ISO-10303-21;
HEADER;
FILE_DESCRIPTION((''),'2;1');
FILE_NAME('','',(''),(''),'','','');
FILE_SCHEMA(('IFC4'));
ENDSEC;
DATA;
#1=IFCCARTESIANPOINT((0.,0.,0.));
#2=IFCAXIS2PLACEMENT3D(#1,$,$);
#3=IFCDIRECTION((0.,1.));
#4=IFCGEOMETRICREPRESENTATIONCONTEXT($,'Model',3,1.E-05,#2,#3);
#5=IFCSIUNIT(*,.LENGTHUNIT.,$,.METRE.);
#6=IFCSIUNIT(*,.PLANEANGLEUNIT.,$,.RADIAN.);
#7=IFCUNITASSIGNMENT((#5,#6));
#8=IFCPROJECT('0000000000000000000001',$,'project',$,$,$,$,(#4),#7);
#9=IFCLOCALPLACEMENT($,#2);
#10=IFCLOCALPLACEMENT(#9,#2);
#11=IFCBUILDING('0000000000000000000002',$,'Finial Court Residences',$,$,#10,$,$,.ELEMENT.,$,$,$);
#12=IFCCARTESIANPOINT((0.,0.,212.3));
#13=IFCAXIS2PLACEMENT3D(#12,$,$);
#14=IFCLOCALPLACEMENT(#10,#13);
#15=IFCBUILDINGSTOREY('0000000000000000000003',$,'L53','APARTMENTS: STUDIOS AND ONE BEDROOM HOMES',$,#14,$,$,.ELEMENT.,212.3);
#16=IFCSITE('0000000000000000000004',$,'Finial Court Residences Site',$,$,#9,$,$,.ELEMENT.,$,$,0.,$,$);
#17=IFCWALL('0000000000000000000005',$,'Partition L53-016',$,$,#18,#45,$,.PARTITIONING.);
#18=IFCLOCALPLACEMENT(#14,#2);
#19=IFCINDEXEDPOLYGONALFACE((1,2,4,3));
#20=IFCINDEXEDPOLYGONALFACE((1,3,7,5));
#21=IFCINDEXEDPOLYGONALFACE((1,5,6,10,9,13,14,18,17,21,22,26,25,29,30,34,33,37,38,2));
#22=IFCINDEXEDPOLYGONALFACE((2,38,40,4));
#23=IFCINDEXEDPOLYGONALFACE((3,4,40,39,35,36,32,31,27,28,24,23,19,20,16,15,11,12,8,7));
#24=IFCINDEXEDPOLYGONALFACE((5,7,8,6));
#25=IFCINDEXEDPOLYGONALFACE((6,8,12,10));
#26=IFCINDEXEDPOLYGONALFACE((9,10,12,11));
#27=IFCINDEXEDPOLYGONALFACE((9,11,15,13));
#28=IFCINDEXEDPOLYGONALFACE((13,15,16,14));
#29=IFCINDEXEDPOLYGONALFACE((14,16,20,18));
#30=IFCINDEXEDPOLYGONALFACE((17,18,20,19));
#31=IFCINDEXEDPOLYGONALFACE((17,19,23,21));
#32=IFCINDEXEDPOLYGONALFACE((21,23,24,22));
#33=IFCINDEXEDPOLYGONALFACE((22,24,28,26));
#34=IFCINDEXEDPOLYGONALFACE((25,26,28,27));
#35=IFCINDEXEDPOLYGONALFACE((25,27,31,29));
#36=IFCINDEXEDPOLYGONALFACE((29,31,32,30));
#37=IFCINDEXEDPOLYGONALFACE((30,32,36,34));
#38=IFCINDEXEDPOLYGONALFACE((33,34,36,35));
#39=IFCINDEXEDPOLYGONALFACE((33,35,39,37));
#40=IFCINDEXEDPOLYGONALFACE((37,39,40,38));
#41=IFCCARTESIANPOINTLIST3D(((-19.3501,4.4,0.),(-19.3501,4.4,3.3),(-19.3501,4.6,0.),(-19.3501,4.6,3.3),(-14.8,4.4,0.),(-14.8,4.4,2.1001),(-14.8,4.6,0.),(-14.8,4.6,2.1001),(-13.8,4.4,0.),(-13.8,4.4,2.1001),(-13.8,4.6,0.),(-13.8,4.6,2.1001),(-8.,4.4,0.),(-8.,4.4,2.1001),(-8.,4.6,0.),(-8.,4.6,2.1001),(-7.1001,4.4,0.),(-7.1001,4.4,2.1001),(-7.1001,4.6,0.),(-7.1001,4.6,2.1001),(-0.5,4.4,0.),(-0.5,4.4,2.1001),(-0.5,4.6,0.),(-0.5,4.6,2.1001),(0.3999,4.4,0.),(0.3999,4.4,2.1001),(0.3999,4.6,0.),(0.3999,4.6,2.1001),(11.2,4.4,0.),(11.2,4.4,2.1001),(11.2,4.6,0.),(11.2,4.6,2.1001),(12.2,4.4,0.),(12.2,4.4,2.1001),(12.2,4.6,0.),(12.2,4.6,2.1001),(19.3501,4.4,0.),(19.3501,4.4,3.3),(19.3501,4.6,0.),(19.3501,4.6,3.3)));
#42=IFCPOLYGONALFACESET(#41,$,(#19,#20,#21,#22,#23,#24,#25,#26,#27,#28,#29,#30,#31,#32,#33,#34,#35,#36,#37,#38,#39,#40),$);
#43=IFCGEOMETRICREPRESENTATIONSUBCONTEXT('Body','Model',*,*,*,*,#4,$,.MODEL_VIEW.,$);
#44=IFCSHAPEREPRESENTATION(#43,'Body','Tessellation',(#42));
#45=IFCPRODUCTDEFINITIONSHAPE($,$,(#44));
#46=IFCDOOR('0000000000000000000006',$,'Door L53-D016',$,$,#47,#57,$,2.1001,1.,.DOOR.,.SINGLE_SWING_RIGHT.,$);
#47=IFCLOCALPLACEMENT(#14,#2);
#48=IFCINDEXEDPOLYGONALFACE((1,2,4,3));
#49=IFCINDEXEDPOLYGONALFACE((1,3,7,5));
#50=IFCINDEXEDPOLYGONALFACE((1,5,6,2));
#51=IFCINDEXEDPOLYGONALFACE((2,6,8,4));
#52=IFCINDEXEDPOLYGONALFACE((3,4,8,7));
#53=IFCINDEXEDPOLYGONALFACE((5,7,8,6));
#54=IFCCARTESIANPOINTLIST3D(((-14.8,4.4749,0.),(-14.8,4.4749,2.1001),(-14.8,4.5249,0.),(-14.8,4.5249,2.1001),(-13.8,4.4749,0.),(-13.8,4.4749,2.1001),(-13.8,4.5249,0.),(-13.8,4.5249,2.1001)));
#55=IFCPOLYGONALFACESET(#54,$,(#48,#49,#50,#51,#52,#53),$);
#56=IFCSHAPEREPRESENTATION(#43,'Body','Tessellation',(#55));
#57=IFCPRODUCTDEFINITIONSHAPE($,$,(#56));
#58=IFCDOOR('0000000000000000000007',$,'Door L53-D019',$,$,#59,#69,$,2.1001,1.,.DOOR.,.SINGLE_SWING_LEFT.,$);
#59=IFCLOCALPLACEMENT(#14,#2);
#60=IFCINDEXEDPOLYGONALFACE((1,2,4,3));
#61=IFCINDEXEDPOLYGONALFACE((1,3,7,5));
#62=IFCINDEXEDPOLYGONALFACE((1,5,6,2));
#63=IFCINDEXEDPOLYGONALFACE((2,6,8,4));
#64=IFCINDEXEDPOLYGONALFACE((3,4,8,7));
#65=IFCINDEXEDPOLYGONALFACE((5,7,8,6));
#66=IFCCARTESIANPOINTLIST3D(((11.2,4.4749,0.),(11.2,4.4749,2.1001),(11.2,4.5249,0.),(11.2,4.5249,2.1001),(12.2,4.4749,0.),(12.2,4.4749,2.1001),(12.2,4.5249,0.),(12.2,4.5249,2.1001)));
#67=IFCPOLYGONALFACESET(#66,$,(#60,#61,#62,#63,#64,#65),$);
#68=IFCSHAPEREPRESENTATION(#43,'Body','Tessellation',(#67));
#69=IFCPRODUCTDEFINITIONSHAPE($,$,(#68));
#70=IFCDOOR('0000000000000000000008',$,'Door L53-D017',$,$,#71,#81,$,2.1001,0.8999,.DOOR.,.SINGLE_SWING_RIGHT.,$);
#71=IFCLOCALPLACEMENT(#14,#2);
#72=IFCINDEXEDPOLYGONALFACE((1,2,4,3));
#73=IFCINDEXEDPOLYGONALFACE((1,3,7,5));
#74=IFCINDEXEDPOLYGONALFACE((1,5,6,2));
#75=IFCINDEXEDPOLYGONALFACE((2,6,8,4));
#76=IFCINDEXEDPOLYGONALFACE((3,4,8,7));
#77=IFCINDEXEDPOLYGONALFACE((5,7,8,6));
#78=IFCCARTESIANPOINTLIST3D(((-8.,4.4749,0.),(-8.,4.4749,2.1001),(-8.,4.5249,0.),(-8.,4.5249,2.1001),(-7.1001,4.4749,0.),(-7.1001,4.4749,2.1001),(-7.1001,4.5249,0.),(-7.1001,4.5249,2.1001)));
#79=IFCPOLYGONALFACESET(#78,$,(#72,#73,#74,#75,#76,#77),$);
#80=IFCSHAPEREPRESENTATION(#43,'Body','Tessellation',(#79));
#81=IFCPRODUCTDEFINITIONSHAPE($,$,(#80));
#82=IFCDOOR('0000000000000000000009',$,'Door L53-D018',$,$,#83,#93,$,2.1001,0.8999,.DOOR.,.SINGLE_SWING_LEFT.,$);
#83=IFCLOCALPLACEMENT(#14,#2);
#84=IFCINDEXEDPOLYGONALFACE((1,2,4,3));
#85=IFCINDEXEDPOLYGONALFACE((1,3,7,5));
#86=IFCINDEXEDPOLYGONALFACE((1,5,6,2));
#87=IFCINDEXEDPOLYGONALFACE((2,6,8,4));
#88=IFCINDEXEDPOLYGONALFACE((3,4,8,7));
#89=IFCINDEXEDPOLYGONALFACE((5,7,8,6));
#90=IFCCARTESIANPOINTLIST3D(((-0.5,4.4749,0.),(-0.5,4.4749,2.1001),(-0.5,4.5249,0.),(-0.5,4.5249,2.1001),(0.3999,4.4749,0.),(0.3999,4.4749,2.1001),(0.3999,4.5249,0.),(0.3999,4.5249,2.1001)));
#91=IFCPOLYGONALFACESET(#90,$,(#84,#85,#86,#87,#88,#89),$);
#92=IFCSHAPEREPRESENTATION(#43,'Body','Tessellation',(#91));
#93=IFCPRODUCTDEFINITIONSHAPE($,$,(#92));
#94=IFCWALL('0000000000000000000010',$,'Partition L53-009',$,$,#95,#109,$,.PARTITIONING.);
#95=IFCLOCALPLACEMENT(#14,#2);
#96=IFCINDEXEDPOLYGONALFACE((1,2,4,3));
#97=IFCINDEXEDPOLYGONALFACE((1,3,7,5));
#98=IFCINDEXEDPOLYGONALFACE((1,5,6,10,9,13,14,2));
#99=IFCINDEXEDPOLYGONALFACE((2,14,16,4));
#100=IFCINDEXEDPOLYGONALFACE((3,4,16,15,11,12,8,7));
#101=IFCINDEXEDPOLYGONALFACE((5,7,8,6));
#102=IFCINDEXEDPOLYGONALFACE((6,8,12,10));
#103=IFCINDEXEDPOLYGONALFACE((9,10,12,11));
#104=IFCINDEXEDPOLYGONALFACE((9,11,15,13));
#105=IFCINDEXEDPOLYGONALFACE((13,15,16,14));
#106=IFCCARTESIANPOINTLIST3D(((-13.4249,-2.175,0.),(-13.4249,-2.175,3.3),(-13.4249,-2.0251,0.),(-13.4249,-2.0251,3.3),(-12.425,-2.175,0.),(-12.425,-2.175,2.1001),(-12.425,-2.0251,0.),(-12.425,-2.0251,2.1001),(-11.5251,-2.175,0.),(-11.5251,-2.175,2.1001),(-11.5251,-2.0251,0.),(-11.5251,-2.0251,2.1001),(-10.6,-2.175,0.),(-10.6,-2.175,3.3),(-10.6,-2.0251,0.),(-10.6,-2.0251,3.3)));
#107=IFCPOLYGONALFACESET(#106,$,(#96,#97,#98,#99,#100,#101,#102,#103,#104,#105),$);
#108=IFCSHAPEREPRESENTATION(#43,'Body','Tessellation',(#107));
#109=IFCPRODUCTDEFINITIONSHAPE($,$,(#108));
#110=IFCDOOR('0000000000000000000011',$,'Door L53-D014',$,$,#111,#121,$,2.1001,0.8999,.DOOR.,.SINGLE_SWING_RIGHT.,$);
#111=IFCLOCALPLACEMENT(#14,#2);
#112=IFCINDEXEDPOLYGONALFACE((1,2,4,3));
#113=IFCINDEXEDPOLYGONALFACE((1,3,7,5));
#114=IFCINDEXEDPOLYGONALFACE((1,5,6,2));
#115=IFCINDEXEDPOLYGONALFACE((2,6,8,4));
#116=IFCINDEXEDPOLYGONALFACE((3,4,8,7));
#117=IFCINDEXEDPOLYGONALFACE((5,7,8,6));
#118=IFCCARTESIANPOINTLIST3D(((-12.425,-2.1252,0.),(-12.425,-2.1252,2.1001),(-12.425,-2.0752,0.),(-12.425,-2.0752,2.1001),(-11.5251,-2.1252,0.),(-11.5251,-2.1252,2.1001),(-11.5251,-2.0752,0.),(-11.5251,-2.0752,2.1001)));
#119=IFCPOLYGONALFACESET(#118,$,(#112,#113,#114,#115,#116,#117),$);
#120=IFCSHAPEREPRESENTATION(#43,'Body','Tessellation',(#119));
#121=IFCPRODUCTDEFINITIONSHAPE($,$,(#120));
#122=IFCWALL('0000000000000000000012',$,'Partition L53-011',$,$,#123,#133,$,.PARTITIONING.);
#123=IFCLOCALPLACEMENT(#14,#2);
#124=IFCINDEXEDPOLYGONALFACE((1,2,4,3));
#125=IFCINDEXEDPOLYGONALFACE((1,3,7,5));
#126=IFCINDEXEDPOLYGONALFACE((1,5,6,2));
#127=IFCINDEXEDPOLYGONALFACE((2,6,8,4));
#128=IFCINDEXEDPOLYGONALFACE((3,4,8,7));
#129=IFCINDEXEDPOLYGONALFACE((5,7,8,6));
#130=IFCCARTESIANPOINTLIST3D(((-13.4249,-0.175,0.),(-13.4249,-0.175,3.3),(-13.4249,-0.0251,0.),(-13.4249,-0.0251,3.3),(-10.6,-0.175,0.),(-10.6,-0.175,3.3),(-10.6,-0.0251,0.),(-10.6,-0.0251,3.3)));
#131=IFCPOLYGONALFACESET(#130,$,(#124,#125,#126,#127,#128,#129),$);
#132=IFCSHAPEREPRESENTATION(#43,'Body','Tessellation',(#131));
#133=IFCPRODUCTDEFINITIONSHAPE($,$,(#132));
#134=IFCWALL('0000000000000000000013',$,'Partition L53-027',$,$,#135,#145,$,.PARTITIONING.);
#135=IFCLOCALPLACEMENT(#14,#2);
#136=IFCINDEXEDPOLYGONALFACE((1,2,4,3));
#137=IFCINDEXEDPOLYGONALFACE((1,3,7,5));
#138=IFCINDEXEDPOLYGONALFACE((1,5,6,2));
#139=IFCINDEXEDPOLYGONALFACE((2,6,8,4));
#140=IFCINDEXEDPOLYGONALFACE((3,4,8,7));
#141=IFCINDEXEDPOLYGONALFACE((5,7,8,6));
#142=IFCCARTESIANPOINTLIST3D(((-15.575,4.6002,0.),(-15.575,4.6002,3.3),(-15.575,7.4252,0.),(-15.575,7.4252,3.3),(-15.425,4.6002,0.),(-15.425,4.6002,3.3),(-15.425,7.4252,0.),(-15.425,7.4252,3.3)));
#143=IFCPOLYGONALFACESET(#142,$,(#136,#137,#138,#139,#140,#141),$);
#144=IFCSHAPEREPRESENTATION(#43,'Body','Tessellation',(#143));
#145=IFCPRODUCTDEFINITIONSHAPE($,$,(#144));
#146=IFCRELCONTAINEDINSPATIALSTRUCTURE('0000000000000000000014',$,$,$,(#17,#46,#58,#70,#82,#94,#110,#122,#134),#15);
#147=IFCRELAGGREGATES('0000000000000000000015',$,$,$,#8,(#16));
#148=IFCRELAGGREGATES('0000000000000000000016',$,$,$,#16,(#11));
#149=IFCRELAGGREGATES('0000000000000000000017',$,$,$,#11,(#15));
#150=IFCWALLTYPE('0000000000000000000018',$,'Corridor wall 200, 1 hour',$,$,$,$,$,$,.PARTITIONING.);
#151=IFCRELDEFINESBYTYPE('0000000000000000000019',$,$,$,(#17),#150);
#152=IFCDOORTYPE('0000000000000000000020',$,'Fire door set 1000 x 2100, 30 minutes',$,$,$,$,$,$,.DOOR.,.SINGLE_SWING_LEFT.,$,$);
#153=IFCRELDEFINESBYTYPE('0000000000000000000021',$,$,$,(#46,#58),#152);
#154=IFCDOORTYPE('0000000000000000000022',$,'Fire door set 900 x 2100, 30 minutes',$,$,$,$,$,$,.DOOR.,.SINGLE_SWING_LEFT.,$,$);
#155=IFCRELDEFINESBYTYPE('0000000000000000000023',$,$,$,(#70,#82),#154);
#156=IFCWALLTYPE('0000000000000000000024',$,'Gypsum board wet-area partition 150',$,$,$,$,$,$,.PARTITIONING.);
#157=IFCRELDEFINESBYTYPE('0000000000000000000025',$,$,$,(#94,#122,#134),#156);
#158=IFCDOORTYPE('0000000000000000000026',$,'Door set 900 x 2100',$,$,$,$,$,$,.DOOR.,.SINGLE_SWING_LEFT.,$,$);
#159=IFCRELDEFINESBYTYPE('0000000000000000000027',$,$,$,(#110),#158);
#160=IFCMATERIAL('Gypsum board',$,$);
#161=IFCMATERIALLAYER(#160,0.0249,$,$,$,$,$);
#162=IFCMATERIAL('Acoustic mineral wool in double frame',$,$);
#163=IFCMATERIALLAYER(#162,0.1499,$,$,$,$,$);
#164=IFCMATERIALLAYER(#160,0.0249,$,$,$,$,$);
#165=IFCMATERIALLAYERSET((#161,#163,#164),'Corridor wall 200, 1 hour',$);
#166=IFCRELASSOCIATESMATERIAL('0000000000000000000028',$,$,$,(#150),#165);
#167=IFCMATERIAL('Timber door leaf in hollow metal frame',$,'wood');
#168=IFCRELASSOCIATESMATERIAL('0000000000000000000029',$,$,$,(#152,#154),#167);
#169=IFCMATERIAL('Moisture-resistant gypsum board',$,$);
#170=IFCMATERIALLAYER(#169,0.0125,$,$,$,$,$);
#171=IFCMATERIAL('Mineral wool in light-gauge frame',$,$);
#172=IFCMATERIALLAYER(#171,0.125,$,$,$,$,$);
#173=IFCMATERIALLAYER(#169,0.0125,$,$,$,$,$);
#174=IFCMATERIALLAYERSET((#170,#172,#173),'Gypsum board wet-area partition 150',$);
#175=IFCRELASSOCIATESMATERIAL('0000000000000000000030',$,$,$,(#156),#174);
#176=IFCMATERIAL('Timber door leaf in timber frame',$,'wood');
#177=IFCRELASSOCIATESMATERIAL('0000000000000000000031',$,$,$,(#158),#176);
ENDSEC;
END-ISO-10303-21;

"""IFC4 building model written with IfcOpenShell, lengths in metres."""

from ifc_helpers import new_model, si_unit, direction, frame, frame_2d, origin, place, context, subcontext, project, spatial, rectangle, extrude, material, layer, layer_set, type_object, element, fill, save


model = new_model("IFC4")

# Units and contexts
model_context = context("Model", 3, precision=1e-05, world=origin(), true_north=direction((0.0, 1.0)))
body_context = subcontext(model_context, "Body", "Model", "MODEL_VIEW")
ifc_project = project(units=[si_unit("LENGTHUNIT", "METRE"), si_unit("PLANEANGLEUNIT", "RADIAN")], contexts=[model_context])

# Site, building, storey
site_placement = place(None, origin())
site = spatial("IfcSite", under=ifc_project, at=site_placement, Name="Finial Court Residences Site", CompositionType="ELEMENT", RefElevation=0.0)
building_placement = place(site_placement, origin())
building = spatial("IfcBuilding", under=site, at=building_placement, Name="Finial Court Residences", CompositionType="ELEMENT")
storey_placement = place(building_placement, frame((0.0, 0.0, 212.3)))
storey = spatial("IfcBuildingStorey", under=building, at=storey_placement, Name="L53", Description="APARTMENTS: STUDIOS AND ONE BEDROOM HOMES", CompositionType="ELEMENT", Elevation=212.3)

# Shared definitions
ifc_material_1 = material(Name="Gypsum board")
ifc_layer_1 = layer(ifc_material_1, 0.0249)
ifc_material_2 = material(Name="Acoustic mineral wool in double frame")
ifc_layer_2 = layer(ifc_material_2, 0.1499)
ifc_layer_3 = layer(ifc_material_1, 0.0249)
ifc_layer_set_1 = layer_set([ifc_layer_1, ifc_layer_2, ifc_layer_3], Name="Corridor wall 200, 1 hour")
wall_type_1 = type_object("IfcWallType", Name="Corridor wall 200, 1 hour", PredefinedType="PARTITIONING", material=ifc_layer_set_1)

# Wall, openings, doors
wall_1_placement = place(storey_placement, frame((-19.3501, 4.5, 0.0), z_axis=(0.0, 0.0, 1.0), x_axis=(1.0, 0.0, 0.0)))
wall_1 = element("IfcWall", 1, at=wall_1_placement, inside=storey, type_object=wall_type_1, Name="Partition L53-016", PredefinedType="PARTITIONING", context=body_context, shape_type="SweptSolid", body=[
    extrude(rectangle(XDim=38.7002, YDim=0.2, at=frame_2d((19.3501, 0.0))), origin(), (0.0, 0.0, 1.0), 3.3),
])
opening_1_placement = place(wall_1_placement, frame((4.55, 0.0, 0.0)))
opening_1 = element("IfcOpeningElement", 2, at=opening_1_placement, cuts=wall_1, PredefinedType="OPENING", context=body_context, shape_type="SweptSolid", body=[
    extrude(rectangle(XDim=1.0, YDim=2.1001, at=frame_2d((0.5, 1.05))), frame((0.0, 0.1099, 0.0), z_axis=(0.0, -1.0, 0.0), x_axis=(1.0, 0.0, 0.0)), (0.0, 0.0, 1.0), 0.22),
])
opening_2_placement = place(wall_1_placement, frame((11.3501, 0.0, 0.0)))
opening_2 = element("IfcOpeningElement", 3, at=opening_2_placement, cuts=wall_1, PredefinedType="OPENING", context=body_context, shape_type="SweptSolid", body=[
    extrude(rectangle(XDim=0.8999, YDim=2.1001, at=frame_2d((0.45, 1.05))), frame((0.0, 0.1099, 0.0), z_axis=(0.0, -1.0, 0.0), x_axis=(1.0, 0.0, 0.0)), (0.0, 0.0, 1.0), 0.22),
])
opening_3_placement = place(wall_1_placement, frame((18.8501, 0.0, 0.0)))
opening_3 = element("IfcOpeningElement", 4, at=opening_3_placement, cuts=wall_1, PredefinedType="OPENING", context=body_context, shape_type="SweptSolid", body=[
    extrude(rectangle(XDim=0.8999, YDim=2.1001, at=frame_2d((0.45, 1.05))), frame((0.0, 0.1099, 0.0), z_axis=(0.0, -1.0, 0.0), x_axis=(1.0, 0.0, 0.0)), (0.0, 0.0, 1.0), 0.22),
])
opening_4_placement = place(wall_1_placement, frame((30.55, 0.0, 0.0)))
opening_4 = element("IfcOpeningElement", 5, at=opening_4_placement, cuts=wall_1, PredefinedType="OPENING", context=body_context, shape_type="SweptSolid", body=[
    extrude(rectangle(XDim=1.0, YDim=2.1001, at=frame_2d((0.5, 1.05))), frame((0.0, 0.1099, 0.0), z_axis=(0.0, -1.0, 0.0), x_axis=(1.0, 0.0, 0.0)), (0.0, 0.0, 1.0), 0.22),
])
ifc_material_3 = material(Name="Timber door leaf in hollow metal frame", Category="wood")
door_type_1 = type_object("IfcDoorType", Name="Fire door set 1000 x 2100, 30 minutes", OperationType="SINGLE_SWING_LEFT", PredefinedType="DOOR", material=ifc_material_3)
door_1_placement = place(opening_1_placement, origin())
door_1 = element("IfcDoor", 6, at=door_1_placement, inside=storey, type_object=door_type_1, Name="Door L53-D016", OperationType="SINGLE_SWING_RIGHT", OverallHeight=2.1001, OverallWidth=1.0, PredefinedType="DOOR", context=body_context, shape_type="SweptSolid", body=[
    extrude(rectangle(XDim=1.0, YDim=2.1001, at=frame_2d((0.5, 1.05))), frame((0.0, 0.0249, 0.0), z_axis=(0.0, -1.0, 0.0), x_axis=(1.0, 0.0, 0.0)), (0.0, 0.0, 1.0), 0.05),
])
fill(opening_1, door_1)
door_2_placement = place(opening_4_placement, origin())
door_2 = element("IfcDoor", 7, at=door_2_placement, inside=storey, type_object=door_type_1, Name="Door L53-D019", OperationType="SINGLE_SWING_LEFT", OverallHeight=2.1001, OverallWidth=1.0, PredefinedType="DOOR", context=body_context, shape_type="SweptSolid", body=[
    extrude(rectangle(XDim=1.0, YDim=2.1001, at=frame_2d((0.5, 1.05))), frame((0.0, 0.0249, 0.0), z_axis=(0.0, -1.0, 0.0), x_axis=(1.0, 0.0, 0.0)), (0.0, 0.0, 1.0), 0.05),
])
fill(opening_4, door_2)
door_type_2 = type_object("IfcDoorType", Name="Fire door set 900 x 2100, 30 minutes", OperationType="SINGLE_SWING_LEFT", PredefinedType="DOOR", material=ifc_material_3)
door_3_placement = place(opening_2_placement, origin())
door_3 = element("IfcDoor", 8, at=door_3_placement, inside=storey, type_object=door_type_2, Name="Door L53-D017", OperationType="SINGLE_SWING_RIGHT", OverallHeight=2.1001, OverallWidth=0.8999, PredefinedType="DOOR", context=body_context, shape_type="SweptSolid", body=[
    extrude(rectangle(XDim=0.8999, YDim=2.1001, at=frame_2d((0.45, 1.05))), frame((0.0, 0.0249, 0.0), z_axis=(0.0, -1.0, 0.0), x_axis=(1.0, 0.0, 0.0)), (0.0, 0.0, 1.0), 0.05),
])
fill(opening_2, door_3)
door_4_placement = place(opening_3_placement, origin())
door_4 = element("IfcDoor", 9, at=door_4_placement, inside=storey, type_object=door_type_2, Name="Door L53-D018", OperationType="SINGLE_SWING_LEFT", OverallHeight=2.1001, OverallWidth=0.8999, PredefinedType="DOOR", context=body_context, shape_type="SweptSolid", body=[
    extrude(rectangle(XDim=0.8999, YDim=2.1001, at=frame_2d((0.45, 1.05))), frame((0.0, 0.0249, 0.0), z_axis=(0.0, -1.0, 0.0), x_axis=(1.0, 0.0, 0.0)), (0.0, 0.0, 1.0), 0.05),
])
fill(opening_3, door_4)

# Wall, opening, door
ifc_material_4 = material(Name="Moisture-resistant gypsum board")
ifc_layer_4 = layer(ifc_material_4, 0.0125)
ifc_material_5 = material(Name="Mineral wool in light-gauge frame")
ifc_layer_5 = layer(ifc_material_5, 0.125)
ifc_layer_6 = layer(ifc_material_4, 0.0125)
ifc_layer_set_2 = layer_set([ifc_layer_4, ifc_layer_5, ifc_layer_6], Name="Gypsum board wet-area partition 150")
wall_type_2 = type_object("IfcWallType", Name="Gypsum board wet-area partition 150", PredefinedType="PARTITIONING", material=ifc_layer_set_2)
wall_2_placement = place(storey_placement, frame((-13.425, -2.1001, 0.0), z_axis=(0.0, 0.0, 1.0), x_axis=(1.0, 0.0, 0.0)))
wall_2 = element("IfcWall", 10, at=wall_2_placement, inside=storey, type_object=wall_type_2, Name="Partition L53-009", PredefinedType="PARTITIONING", context=body_context, shape_type="SweptSolid", body=[
    extrude(rectangle(XDim=2.825, YDim=0.1499, at=frame_2d((1.4126, 0.0))), origin(), (0.0, 0.0, 1.0), 3.3),
])
opening_5_placement = place(wall_2_placement, frame((1.0, 0.0, 0.0)))
opening_5 = element("IfcOpeningElement", 11, at=opening_5_placement, cuts=wall_2, PredefinedType="OPENING", context=body_context, shape_type="SweptSolid", body=[
    extrude(rectangle(XDim=0.8999, YDim=2.1001, at=frame_2d((0.45, 1.05))), frame((0.0, 0.085, 0.0), z_axis=(0.0, -1.0, 0.0), x_axis=(1.0, 0.0, 0.0)), (0.0, 0.0, 1.0), 0.1699),
])
ifc_material_6 = material(Name="Timber door leaf in timber frame", Category="wood")
door_type_3 = type_object("IfcDoorType", Name="Door set 900 x 2100", OperationType="SINGLE_SWING_LEFT", PredefinedType="DOOR", material=ifc_material_6)
door_5_placement = place(opening_5_placement, origin())
door_5 = element("IfcDoor", 12, at=door_5_placement, inside=storey, type_object=door_type_3, Name="Door L53-D014", OperationType="SINGLE_SWING_RIGHT", OverallHeight=2.1001, OverallWidth=0.8999, PredefinedType="DOOR", context=body_context, shape_type="SweptSolid", body=[
    extrude(rectangle(XDim=0.8999, YDim=2.1001, at=frame_2d((0.45, 1.05))), frame((0.0, 0.0249, 0.0), z_axis=(0.0, -1.0, 0.0), x_axis=(1.0, 0.0, 0.0)), (0.0, 0.0, 1.0), 0.05),
])
fill(opening_5, door_5)

# Walls
for number, where, z_axis, x_axis, name in (
    (13, (-13.425, -0.1001, 0.0), (0.0, 0.0, 1.0), (1.0, 0.0, 0.0), "Partition L53-011"),
    (14, (-15.5, 4.6001, 0.0), (0.0, 0.0, 1.0), (0.0, 1.0, 0.0), "Partition L53-027"),
):
    element("IfcWall", number, at=place(storey_placement, frame(where, z_axis=z_axis, x_axis=x_axis)), inside=storey, type_object=wall_type_2, Name=name, PredefinedType="PARTITIONING", context=body_context, shape_type="SweptSolid", body=[
        extrude(rectangle(XDim=2.825, YDim=0.1499, at=frame_2d((1.4126, 0.0))), origin(), (0.0, 0.0, 1.0), 3.3),
    ])

save(model, "model.ifc")
